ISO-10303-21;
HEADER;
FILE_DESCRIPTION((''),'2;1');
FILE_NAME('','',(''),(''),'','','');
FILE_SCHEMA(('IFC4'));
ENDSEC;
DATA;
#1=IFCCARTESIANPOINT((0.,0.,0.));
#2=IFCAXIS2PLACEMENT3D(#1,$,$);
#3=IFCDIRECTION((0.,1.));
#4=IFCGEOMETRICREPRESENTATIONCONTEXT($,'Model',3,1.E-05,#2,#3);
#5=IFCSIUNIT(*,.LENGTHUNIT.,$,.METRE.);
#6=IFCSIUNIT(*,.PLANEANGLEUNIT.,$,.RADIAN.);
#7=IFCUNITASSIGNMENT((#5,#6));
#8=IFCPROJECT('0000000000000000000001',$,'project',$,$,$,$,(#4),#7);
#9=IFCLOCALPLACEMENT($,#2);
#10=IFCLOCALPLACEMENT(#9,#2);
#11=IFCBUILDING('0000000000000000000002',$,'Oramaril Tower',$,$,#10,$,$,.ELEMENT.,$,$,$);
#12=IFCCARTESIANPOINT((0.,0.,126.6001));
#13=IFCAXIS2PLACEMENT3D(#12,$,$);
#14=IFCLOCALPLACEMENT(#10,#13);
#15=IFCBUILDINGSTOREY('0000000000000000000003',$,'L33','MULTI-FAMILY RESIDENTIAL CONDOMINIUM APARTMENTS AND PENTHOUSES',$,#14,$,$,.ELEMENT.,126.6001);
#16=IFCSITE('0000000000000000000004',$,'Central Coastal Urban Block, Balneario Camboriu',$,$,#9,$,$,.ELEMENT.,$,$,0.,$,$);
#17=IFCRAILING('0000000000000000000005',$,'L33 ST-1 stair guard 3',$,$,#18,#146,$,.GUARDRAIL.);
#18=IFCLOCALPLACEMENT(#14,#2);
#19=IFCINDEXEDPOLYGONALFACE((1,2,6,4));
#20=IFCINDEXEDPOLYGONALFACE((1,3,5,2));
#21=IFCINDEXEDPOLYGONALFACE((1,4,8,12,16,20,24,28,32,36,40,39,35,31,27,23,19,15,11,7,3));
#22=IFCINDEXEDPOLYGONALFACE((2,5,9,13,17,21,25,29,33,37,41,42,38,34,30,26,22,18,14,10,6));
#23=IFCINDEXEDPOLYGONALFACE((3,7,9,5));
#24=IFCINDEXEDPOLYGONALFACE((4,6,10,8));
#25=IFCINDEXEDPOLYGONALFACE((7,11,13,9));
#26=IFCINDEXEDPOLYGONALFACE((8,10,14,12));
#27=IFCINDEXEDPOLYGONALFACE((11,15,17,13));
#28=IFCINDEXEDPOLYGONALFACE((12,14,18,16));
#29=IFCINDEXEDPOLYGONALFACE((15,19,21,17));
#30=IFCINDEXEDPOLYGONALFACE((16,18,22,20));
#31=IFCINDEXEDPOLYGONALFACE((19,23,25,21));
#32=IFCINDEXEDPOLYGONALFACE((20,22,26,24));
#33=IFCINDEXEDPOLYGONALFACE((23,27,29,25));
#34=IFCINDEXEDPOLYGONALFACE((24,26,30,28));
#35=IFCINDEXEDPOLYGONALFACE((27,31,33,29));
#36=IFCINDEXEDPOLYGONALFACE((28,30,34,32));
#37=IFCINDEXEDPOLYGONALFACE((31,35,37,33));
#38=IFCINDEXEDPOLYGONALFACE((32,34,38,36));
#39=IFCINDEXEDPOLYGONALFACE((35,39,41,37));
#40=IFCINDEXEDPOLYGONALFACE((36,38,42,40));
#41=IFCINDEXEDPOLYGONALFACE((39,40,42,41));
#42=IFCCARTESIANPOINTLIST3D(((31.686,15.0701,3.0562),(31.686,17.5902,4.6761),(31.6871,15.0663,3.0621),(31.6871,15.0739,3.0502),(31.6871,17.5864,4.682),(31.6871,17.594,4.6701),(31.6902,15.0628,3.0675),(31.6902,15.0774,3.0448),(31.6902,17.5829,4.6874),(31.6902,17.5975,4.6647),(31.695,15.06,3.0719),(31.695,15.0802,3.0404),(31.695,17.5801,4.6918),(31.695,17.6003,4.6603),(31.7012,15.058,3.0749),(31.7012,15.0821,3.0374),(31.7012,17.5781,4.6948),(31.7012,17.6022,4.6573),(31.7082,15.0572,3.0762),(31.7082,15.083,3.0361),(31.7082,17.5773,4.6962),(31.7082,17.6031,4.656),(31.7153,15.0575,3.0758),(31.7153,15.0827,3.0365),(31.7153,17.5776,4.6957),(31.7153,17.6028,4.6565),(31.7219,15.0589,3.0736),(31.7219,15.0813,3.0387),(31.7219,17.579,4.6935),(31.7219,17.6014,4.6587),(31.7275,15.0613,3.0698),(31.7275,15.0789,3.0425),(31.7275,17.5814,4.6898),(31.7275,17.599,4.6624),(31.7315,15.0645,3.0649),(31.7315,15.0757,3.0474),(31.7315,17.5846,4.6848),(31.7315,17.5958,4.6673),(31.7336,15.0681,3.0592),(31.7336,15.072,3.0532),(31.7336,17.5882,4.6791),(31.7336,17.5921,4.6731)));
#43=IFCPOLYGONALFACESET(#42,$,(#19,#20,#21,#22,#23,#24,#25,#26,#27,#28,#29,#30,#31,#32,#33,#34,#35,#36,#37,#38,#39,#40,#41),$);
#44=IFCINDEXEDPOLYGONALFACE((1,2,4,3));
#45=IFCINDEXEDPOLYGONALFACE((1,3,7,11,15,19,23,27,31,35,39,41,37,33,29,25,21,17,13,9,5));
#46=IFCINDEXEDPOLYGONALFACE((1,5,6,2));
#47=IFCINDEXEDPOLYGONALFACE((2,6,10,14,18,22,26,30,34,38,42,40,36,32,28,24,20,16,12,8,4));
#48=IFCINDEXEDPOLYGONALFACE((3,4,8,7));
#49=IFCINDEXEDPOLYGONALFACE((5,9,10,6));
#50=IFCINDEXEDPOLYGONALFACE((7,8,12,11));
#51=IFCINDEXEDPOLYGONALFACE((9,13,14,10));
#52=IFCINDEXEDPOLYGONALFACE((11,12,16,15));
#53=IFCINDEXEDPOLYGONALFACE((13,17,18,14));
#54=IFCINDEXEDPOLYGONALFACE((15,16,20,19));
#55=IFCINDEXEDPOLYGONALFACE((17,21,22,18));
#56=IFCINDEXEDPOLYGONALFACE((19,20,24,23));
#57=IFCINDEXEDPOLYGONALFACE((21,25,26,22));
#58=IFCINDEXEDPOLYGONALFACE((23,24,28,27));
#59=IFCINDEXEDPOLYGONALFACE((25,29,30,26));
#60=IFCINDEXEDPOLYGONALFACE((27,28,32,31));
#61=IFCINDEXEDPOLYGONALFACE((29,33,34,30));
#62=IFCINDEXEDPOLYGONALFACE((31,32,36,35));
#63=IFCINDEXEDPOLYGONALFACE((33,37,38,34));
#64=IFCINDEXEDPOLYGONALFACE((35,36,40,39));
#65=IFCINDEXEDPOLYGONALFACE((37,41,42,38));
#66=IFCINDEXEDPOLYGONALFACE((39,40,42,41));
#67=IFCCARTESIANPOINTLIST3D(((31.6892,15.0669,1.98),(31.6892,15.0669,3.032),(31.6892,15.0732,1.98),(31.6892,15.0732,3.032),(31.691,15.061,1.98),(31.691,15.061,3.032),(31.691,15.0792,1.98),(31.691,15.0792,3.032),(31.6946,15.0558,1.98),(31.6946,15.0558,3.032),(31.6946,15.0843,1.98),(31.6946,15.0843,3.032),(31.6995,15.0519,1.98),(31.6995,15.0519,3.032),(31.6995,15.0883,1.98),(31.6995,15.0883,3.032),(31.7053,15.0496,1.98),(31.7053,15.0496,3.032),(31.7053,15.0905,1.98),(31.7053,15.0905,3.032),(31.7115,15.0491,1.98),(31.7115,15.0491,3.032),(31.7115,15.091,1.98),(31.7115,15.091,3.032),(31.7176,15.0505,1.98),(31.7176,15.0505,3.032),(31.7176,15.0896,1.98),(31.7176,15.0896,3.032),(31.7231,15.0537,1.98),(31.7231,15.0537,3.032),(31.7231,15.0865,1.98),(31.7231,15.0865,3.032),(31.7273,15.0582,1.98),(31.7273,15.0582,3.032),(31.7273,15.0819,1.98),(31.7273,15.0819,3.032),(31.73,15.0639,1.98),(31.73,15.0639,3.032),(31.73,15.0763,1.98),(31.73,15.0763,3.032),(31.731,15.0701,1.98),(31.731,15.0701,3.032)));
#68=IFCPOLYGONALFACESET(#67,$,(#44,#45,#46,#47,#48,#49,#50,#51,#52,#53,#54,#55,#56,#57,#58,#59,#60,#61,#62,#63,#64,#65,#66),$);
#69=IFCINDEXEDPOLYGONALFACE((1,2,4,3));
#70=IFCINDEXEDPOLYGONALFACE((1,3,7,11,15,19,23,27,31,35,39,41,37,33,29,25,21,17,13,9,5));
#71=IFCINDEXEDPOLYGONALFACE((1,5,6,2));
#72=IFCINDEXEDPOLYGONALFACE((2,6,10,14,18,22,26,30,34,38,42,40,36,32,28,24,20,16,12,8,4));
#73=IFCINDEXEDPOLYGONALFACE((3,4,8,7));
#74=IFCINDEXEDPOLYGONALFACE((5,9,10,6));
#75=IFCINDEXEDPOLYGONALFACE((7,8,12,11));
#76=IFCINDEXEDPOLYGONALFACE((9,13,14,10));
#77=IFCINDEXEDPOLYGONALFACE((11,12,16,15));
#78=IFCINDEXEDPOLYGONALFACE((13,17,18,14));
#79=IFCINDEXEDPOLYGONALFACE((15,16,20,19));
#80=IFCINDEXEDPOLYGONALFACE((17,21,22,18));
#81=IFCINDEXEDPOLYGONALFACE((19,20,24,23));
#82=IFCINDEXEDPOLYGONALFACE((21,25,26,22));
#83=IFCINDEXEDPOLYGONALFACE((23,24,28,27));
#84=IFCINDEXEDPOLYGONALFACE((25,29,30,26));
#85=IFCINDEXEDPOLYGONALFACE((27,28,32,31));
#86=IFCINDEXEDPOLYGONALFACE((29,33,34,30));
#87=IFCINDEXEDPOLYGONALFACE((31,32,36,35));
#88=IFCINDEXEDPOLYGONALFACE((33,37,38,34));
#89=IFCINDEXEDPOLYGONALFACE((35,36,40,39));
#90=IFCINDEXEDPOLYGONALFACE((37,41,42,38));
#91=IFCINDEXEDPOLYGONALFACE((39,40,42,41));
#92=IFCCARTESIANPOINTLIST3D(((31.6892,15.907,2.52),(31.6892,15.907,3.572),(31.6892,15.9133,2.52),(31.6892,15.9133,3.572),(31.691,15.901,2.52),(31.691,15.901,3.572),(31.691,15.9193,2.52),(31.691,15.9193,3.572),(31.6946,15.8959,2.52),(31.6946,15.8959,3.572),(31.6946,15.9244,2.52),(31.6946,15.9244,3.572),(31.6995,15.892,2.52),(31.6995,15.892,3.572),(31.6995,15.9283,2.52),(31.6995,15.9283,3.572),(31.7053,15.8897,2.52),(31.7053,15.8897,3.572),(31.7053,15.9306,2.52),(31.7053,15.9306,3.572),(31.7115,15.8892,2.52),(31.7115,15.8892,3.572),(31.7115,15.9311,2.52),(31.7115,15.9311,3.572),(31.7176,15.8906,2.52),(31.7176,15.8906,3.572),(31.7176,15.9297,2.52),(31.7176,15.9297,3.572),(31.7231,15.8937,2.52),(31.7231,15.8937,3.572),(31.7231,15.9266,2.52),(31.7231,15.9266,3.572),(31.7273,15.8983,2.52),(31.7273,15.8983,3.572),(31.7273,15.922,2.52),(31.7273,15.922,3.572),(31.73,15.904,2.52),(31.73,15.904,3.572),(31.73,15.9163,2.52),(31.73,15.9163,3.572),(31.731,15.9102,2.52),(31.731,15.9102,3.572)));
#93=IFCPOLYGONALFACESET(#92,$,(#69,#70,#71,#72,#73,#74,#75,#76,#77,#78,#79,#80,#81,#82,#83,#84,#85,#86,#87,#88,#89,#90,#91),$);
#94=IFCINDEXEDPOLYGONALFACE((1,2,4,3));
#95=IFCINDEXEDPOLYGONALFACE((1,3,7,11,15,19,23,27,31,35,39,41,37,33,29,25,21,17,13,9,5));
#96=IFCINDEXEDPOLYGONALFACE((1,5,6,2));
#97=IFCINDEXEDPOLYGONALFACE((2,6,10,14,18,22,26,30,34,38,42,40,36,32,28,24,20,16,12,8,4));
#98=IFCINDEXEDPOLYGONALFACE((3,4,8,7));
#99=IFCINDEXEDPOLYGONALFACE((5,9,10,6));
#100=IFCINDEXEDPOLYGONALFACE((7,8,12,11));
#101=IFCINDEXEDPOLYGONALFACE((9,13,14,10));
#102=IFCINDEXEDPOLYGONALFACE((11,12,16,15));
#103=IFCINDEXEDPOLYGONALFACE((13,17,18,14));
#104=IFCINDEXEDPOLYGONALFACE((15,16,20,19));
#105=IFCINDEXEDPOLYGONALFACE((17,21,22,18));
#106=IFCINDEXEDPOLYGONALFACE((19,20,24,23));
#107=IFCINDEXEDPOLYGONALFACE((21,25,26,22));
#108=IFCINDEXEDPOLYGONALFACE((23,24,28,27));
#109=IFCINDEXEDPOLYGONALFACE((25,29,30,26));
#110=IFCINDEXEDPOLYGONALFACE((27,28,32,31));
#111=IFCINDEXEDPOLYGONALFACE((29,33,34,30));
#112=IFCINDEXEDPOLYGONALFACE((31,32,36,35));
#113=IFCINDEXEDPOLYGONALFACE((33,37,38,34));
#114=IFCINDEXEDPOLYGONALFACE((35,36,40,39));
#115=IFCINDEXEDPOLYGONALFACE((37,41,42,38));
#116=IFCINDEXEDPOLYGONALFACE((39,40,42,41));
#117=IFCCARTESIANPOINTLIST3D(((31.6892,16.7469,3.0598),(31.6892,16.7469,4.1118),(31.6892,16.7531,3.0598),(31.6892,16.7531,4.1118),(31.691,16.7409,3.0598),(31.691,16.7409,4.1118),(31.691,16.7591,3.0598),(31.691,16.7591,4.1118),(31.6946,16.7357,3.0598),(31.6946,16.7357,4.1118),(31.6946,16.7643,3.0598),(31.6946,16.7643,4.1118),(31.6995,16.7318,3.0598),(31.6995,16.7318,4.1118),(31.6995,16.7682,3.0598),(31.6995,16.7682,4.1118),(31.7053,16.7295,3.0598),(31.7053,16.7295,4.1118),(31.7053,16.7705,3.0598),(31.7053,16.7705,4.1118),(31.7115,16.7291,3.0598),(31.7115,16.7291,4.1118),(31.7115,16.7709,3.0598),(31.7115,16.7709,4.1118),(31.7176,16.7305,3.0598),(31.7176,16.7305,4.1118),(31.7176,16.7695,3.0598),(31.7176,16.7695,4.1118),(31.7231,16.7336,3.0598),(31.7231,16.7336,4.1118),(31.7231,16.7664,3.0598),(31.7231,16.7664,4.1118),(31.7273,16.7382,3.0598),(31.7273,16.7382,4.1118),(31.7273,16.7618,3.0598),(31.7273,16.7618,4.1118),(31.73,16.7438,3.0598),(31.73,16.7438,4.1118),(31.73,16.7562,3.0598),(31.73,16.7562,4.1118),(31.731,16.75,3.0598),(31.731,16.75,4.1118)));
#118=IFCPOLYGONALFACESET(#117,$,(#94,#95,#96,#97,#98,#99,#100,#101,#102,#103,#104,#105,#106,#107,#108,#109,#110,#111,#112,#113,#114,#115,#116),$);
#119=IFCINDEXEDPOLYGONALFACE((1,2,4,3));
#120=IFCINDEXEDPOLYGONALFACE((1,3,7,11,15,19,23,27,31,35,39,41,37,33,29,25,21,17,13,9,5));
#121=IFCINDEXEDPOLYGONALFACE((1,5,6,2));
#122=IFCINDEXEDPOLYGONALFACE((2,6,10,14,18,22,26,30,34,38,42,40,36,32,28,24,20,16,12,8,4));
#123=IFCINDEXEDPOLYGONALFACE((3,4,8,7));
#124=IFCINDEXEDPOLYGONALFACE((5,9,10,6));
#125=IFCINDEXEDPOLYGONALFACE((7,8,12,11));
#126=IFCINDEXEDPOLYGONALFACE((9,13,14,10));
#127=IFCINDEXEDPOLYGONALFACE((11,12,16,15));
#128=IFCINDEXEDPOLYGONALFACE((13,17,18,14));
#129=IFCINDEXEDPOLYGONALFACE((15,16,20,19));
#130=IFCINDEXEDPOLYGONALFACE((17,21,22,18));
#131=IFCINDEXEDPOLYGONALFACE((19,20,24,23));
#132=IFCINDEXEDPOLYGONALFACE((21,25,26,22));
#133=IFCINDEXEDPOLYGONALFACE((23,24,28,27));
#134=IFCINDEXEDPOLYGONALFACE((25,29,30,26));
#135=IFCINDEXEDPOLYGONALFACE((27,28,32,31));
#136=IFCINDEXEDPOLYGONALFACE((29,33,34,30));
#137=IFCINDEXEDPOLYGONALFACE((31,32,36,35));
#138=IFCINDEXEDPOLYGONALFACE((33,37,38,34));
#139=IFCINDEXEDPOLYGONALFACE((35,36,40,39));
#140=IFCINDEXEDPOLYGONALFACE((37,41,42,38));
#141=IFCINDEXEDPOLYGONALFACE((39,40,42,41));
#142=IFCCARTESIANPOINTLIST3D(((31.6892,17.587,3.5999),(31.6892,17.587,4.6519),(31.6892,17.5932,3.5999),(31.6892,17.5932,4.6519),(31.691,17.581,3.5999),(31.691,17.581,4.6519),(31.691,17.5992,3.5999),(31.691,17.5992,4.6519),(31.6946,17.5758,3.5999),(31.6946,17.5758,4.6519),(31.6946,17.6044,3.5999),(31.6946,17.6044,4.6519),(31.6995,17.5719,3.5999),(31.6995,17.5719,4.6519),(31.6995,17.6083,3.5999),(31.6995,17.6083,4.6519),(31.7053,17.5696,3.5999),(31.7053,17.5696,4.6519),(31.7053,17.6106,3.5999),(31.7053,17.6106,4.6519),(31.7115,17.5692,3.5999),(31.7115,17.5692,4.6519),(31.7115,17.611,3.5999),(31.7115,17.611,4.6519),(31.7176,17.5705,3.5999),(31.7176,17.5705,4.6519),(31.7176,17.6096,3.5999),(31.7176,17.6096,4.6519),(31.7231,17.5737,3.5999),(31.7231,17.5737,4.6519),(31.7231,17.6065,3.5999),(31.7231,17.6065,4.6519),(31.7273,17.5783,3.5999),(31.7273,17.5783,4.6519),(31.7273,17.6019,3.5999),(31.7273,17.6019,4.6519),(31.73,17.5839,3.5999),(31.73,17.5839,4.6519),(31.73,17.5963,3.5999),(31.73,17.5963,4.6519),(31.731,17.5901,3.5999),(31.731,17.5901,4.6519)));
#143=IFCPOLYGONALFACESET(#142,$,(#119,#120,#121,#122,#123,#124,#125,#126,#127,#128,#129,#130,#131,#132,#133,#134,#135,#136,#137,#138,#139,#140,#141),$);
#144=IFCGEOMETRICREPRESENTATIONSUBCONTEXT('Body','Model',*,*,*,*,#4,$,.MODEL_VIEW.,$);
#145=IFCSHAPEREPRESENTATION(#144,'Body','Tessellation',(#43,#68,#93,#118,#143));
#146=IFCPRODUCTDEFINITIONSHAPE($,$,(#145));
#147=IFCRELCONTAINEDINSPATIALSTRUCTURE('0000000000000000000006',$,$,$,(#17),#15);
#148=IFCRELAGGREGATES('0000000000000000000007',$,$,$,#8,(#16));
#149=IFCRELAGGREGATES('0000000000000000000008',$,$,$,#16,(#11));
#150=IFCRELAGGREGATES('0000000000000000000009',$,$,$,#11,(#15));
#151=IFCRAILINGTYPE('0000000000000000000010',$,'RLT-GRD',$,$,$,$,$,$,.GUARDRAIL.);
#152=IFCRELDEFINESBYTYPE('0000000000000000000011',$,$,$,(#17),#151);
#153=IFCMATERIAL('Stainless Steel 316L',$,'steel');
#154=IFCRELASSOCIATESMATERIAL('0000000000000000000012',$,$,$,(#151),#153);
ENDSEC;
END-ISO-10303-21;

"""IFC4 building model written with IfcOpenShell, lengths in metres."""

from ifc_helpers import new_model, si_unit, direction, frame, origin, origin_2d, place, context, subcontext, project, spatial, circle, extrude, material, type_object, element, save


model = new_model("IFC4")

# Units and contexts
model_context = context("Model", 3, precision=1e-05, world=origin(), true_north=direction((0.0, 1.0)))
body_context = subcontext(model_context, "Body", "Model", "MODEL_VIEW")
ifc_project = project(units=[si_unit("LENGTHUNIT", "METRE"), si_unit("PLANEANGLEUNIT", "RADIAN")], contexts=[model_context])

# Site, building, storey
site_placement = place(None, origin())
site = spatial("IfcSite", under=ifc_project, at=site_placement, Name="Central Coastal Urban Block, Balneario Camboriu", CompositionType="ELEMENT", RefElevation=0.0)
building_placement = place(site_placement, origin())
building = spatial("IfcBuilding", under=site, at=building_placement, Name="Oramaril Tower", CompositionType="ELEMENT")
storey_placement = place(building_placement, frame((0.0, 0.0, 126.6001)))
storey = spatial("IfcBuildingStorey", under=building, at=storey_placement, Name="L33", Description="MULTI-FAMILY RESIDENTIAL CONDOMINIUM APARTMENTS AND PENTHOUSES", CompositionType="ELEMENT", Elevation=126.6001)

# Railing
ifc_material_1 = material(Name="Stainless Steel 316L", Category="steel")
railing_type_1 = type_object("IfcRailingType", Name="RLT-GRD", PredefinedType="GUARDRAIL", material=ifc_material_1)
railing_1_placement = place(storey_placement, frame((31.71, 15.0701, 1.98)))
element("IfcRailing", 1, at=railing_1_placement, inside=storey, type_object=railing_type_1, Name="L33 ST-1 stair guard 3", PredefinedType="GUARDRAIL", context=body_context, shape_type="SweptSolid", body=[
    extrude(circle(Radius=0.0239, at=origin_2d()), frame((0.0, 0.0, 1.0762), z_axis=(0.0, 0.8412, 0.540725), x_axis=(-1.0, 0.0, 0.0)), (0.0, 0.0, 1.0), 2.9958),
    extrude(circle(Radius=0.021, at=origin_2d()), origin(), (0.0, 0.0, 1.0), 1.052),
    extrude(circle(Radius=0.021, at=origin_2d()), frame((0.0, 0.8401, 0.54)), (0.0, 0.0, 1.0), 1.052),
    extrude(circle(Radius=0.021, at=origin_2d()), frame((0.0, 1.6799, 1.0798)), (0.0, 0.0, 1.0), 1.052),
    extrude(circle(Radius=0.021, at=origin_2d()), frame((0.0, 2.52, 1.6199)), (0.0, 0.0, 1.0), 1.052),
])

save(model, "model.ifc")
